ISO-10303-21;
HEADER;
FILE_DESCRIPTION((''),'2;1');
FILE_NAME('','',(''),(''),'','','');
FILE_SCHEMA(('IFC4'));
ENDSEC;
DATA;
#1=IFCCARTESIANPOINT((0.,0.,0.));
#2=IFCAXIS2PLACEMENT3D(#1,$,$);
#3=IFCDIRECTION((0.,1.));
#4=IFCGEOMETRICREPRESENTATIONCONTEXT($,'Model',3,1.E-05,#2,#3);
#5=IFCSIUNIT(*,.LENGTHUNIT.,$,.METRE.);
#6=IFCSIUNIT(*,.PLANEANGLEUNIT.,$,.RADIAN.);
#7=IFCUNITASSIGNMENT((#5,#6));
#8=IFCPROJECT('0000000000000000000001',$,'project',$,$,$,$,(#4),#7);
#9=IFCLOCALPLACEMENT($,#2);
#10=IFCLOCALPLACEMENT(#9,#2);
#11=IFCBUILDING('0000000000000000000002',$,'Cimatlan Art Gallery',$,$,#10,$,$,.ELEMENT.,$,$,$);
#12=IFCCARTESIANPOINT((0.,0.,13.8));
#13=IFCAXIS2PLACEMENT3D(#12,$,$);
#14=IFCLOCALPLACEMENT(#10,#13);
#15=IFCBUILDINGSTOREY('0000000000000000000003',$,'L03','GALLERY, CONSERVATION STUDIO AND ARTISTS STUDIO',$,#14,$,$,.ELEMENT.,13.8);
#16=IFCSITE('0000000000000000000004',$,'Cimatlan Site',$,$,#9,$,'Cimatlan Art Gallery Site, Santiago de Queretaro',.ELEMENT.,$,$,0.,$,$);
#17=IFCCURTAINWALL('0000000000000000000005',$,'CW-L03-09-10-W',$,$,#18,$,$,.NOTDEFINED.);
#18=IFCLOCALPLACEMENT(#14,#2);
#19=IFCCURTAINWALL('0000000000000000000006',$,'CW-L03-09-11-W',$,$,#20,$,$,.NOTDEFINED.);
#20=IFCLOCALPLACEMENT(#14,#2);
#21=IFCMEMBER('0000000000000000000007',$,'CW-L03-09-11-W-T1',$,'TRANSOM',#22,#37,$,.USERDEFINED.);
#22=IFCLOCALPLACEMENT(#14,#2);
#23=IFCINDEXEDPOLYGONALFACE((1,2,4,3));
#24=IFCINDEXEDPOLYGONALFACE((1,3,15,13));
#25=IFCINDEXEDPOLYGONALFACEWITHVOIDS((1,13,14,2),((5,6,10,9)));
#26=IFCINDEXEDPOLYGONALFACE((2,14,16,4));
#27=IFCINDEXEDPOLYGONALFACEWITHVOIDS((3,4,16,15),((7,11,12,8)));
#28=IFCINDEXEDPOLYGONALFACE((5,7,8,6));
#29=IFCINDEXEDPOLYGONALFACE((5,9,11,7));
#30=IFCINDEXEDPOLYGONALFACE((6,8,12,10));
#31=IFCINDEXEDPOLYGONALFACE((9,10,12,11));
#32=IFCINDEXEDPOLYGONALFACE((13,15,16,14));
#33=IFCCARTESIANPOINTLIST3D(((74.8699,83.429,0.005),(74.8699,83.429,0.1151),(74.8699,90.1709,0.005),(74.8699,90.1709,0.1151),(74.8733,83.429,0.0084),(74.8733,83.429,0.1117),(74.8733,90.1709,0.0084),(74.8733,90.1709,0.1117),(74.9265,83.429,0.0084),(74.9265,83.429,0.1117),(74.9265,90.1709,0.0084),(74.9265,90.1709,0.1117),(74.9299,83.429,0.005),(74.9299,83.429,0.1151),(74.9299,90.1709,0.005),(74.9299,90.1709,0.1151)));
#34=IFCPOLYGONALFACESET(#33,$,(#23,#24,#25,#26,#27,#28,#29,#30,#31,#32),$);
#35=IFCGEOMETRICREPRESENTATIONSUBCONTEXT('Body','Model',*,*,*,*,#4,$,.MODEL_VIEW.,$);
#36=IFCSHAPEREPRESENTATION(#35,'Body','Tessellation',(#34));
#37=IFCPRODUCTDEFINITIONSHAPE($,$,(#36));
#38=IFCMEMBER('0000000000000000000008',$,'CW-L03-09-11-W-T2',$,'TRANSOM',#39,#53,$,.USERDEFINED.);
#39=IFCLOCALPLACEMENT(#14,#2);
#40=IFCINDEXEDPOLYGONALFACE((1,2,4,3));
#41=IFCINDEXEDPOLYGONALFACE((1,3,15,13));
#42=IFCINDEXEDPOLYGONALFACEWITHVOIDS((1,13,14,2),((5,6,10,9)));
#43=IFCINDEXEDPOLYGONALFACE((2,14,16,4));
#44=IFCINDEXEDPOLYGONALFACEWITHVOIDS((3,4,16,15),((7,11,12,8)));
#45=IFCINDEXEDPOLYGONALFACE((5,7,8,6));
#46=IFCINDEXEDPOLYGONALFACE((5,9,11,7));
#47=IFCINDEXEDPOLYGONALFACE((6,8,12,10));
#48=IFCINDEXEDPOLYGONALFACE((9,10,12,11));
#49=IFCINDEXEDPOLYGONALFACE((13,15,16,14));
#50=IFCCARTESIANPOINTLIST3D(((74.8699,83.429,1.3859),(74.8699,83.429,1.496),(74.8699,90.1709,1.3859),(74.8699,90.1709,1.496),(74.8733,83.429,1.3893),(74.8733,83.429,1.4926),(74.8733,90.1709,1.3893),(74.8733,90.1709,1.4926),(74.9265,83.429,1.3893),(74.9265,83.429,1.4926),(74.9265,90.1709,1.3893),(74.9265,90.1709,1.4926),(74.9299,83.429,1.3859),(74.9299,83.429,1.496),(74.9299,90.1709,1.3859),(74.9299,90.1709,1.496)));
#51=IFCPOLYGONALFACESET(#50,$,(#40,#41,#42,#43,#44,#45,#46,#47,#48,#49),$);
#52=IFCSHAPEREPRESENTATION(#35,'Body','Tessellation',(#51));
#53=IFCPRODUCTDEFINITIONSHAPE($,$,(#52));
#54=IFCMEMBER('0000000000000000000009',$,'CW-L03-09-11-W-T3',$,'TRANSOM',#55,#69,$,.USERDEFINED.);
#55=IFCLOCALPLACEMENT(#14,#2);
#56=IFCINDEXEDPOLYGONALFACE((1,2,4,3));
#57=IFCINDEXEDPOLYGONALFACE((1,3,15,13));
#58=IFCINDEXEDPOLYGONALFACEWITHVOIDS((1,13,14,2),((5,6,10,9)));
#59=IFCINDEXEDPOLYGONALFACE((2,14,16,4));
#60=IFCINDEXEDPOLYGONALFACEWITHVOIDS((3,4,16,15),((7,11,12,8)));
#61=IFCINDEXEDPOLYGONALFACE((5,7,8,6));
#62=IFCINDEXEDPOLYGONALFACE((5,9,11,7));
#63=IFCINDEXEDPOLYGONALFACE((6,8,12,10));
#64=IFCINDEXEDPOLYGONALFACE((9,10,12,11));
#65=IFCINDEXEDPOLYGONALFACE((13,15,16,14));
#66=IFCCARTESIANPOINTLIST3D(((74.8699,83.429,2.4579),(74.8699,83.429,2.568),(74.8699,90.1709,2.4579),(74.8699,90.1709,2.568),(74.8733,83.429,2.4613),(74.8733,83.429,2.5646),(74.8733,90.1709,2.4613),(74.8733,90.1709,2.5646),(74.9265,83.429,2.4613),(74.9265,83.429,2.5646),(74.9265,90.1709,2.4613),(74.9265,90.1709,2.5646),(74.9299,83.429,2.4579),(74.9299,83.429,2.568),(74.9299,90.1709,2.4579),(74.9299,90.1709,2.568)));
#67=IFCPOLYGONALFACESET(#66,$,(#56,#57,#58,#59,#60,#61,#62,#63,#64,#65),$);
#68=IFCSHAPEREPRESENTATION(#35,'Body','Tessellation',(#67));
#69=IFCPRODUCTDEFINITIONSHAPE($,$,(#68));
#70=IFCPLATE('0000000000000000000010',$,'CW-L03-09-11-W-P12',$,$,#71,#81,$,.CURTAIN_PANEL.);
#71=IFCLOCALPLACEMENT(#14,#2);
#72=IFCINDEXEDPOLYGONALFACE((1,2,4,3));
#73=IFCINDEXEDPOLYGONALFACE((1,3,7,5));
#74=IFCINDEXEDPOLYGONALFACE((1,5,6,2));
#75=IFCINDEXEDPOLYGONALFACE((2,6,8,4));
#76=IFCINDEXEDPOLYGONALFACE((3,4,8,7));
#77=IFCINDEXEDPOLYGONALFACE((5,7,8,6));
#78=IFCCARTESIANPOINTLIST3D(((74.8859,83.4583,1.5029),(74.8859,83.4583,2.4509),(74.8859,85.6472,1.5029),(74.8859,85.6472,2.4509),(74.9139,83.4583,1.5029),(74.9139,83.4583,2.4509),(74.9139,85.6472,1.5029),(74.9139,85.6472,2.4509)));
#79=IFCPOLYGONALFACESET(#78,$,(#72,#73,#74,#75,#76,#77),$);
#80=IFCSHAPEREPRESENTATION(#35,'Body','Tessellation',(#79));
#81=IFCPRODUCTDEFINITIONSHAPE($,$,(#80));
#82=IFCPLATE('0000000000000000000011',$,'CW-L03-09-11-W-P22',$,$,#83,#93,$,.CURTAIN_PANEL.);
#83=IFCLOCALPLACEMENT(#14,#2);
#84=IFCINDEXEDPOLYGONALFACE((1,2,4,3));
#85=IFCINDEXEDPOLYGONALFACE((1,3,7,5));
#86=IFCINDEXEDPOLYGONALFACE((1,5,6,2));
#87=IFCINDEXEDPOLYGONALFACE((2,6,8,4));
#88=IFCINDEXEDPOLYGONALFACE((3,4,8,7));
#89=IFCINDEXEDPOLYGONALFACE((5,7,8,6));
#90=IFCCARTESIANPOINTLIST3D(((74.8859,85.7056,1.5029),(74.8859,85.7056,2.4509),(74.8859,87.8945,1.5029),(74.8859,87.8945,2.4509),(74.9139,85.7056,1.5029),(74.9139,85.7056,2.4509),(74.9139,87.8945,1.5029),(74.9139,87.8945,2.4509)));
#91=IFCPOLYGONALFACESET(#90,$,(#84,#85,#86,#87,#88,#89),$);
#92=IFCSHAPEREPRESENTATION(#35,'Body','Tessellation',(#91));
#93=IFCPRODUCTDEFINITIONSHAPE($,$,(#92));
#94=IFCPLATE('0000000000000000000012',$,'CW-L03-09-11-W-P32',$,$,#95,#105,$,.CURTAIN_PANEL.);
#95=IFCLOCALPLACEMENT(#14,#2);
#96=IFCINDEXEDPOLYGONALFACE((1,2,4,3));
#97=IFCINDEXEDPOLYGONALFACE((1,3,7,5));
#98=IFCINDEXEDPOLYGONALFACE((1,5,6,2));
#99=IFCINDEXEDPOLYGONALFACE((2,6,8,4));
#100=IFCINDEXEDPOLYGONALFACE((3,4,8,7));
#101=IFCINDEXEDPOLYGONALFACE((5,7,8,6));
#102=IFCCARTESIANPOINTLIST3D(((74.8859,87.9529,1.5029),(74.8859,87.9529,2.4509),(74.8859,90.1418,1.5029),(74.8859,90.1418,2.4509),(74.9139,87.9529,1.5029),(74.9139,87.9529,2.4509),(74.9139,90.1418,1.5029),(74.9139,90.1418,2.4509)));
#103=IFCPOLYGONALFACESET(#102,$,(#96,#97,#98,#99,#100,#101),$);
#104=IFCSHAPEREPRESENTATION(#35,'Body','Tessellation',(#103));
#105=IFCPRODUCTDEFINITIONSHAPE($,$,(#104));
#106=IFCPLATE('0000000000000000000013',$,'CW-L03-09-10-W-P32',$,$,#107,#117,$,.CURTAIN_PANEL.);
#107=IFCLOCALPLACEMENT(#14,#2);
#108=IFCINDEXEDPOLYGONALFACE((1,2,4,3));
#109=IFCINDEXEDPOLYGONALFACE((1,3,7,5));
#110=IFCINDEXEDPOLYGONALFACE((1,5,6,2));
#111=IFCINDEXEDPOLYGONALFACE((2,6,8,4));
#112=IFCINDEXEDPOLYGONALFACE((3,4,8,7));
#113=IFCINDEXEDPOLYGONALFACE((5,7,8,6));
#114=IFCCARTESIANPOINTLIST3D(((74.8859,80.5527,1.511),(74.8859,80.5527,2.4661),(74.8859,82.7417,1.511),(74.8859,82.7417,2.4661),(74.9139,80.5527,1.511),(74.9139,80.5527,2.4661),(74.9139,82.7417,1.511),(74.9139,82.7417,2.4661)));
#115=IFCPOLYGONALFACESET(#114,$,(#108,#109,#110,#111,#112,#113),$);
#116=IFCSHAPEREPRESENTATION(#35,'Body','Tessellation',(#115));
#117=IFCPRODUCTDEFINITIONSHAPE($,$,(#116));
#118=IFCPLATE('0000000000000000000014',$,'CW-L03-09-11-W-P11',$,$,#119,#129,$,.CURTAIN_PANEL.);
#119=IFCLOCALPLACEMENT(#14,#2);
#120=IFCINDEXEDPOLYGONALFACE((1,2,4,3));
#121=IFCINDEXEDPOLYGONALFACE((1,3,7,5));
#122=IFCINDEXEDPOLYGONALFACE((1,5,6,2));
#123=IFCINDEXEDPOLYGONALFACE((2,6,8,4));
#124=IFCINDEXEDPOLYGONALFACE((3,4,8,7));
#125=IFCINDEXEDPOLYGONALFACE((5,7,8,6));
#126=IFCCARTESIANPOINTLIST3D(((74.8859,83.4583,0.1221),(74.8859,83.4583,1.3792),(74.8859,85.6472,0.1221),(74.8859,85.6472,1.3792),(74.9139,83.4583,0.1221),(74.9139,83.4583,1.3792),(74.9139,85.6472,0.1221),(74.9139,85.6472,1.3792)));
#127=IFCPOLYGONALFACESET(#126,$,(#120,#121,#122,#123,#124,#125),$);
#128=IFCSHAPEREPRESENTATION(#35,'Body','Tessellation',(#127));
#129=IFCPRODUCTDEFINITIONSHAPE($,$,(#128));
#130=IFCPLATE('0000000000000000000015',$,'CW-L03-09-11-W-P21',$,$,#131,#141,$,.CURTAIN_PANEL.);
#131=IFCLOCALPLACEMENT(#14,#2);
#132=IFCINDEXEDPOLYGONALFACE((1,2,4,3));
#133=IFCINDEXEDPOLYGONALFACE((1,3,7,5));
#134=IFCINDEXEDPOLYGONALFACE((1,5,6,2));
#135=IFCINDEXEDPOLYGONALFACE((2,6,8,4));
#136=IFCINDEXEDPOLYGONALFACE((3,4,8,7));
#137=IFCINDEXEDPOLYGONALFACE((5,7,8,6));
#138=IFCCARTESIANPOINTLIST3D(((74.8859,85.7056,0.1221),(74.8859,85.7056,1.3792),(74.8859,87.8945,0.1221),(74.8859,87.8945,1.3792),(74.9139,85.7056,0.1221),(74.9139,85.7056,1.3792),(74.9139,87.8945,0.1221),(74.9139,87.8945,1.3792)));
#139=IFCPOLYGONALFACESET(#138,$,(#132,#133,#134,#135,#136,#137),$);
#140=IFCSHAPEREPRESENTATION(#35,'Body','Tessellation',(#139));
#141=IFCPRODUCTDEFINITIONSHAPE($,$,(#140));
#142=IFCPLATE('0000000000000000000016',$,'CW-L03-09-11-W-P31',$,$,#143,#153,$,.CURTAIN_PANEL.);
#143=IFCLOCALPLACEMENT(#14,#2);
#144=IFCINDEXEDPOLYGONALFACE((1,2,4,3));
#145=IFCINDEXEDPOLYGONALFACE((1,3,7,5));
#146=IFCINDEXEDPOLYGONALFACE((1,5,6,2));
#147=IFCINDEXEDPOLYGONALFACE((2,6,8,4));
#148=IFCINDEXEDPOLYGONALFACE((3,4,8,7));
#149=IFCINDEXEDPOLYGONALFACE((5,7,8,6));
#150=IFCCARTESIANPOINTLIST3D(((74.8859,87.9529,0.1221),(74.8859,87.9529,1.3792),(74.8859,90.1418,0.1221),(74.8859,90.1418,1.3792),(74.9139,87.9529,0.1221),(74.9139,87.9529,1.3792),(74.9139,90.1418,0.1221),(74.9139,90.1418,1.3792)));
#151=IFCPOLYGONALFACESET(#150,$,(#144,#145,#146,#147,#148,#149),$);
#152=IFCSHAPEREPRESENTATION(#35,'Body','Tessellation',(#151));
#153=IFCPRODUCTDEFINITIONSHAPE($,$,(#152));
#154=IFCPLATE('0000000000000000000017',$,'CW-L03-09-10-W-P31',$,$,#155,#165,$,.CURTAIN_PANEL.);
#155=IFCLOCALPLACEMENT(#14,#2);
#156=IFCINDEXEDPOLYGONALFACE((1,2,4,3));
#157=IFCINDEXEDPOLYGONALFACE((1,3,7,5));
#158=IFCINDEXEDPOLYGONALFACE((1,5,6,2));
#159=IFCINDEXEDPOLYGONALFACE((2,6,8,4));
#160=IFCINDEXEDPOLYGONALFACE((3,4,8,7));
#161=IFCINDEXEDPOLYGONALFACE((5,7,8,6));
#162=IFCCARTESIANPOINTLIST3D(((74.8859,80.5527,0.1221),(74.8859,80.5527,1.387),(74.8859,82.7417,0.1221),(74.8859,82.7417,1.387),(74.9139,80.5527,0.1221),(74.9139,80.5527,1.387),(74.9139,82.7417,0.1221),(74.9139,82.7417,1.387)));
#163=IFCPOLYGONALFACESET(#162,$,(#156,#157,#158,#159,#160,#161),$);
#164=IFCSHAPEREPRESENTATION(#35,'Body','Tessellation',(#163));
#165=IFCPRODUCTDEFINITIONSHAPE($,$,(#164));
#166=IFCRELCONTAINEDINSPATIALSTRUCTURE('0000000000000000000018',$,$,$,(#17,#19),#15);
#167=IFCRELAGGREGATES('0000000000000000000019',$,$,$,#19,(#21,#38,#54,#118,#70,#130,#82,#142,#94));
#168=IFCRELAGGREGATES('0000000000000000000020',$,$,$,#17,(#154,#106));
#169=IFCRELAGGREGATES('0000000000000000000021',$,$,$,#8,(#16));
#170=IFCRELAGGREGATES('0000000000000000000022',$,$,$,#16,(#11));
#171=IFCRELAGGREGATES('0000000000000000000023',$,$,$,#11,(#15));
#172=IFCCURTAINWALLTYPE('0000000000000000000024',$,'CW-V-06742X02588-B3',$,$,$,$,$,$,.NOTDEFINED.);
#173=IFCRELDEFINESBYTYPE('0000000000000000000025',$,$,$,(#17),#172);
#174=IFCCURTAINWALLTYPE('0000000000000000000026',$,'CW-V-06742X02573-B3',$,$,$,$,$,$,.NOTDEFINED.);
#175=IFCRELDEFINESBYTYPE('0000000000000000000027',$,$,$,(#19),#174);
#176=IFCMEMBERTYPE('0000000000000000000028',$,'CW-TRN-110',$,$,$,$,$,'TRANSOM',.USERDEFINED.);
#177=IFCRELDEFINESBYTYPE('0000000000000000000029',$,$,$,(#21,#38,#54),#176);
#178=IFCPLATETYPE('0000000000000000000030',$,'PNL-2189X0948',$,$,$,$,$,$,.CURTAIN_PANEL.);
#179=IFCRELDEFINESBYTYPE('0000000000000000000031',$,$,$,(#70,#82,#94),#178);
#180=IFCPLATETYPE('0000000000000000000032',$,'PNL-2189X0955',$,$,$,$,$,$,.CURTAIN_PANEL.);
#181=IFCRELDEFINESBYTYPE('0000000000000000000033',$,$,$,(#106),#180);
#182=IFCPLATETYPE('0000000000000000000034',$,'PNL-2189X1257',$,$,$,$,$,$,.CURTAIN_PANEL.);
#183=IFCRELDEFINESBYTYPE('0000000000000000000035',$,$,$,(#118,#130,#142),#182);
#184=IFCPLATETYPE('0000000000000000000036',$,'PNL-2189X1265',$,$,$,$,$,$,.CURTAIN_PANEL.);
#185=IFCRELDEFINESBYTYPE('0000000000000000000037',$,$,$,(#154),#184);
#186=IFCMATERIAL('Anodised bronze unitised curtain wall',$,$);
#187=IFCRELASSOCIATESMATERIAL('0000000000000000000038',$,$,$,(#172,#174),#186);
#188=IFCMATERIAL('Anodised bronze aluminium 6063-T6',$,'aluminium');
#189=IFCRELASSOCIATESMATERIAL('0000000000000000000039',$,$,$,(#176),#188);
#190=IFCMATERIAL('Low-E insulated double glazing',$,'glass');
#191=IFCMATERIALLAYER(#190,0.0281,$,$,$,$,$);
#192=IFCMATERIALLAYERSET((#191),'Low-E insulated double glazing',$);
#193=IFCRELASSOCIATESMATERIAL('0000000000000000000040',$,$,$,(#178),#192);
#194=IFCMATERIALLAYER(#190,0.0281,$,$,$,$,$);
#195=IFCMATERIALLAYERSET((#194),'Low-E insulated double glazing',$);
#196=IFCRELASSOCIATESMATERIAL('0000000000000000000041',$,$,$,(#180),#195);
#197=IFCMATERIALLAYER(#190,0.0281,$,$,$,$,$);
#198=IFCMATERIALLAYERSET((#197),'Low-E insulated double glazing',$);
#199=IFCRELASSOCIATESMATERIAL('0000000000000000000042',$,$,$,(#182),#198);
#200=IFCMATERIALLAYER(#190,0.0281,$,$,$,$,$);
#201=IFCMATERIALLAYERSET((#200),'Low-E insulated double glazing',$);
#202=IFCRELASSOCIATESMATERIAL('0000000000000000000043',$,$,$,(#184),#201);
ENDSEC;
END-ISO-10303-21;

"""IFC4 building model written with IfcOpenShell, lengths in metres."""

from ifc_helpers import new_model, si_unit, direction, frame, origin, origin_2d, place, context, subcontext, project, spatial, rectangle, hollow_rectangle, extrude, material, layer, layer_set, material_profile, profile_set, type_object, element, aggregate, save


model = new_model("IFC4")

# Units and contexts
model_context = context("Model", 3, precision=1e-05, world=origin(), true_north=direction((0.0, 1.0)))
body_context = subcontext(model_context, "Body", "Model", "MODEL_VIEW")
ifc_project = project(units=[si_unit("LENGTHUNIT", "METRE"), si_unit("PLANEANGLEUNIT", "RADIAN")], contexts=[model_context])

# Site, building, storey
site_placement = place(None, origin())
site = spatial("IfcSite", under=ifc_project, at=site_placement, Name="Cimatlan Site", LongName="Cimatlan Art Gallery Site, Santiago de Queretaro", CompositionType="ELEMENT", RefElevation=0.0)
building_placement = place(site_placement, origin())
building = spatial("IfcBuilding", under=site, at=building_placement, Name="Cimatlan Art Gallery", CompositionType="ELEMENT")
storey_placement = place(building_placement, frame((0.0, 0.0, 13.8)))
storey = spatial("IfcBuildingStorey", under=building, at=storey_placement, Name="L03", Description="GALLERY, CONSERVATION STUDIO AND ARTISTS STUDIO", CompositionType="ELEMENT", Elevation=13.8)

# Curtain wall
ifc_material_1 = material(Name="Anodised bronze unitised curtain wall")
curtain_wall_type_1 = type_object("IfcCurtainWallType", Name="CW-V-06742X02588-B3", PredefinedType="NOTDEFINED", material=ifc_material_1)
curtain_wall_1_placement = place(storey_placement, origin())
curtain_wall_1 = element("IfcCurtainWall", 1, at=curtain_wall_1_placement, inside=storey, type_object=curtain_wall_type_1, Name="CW-L03-09-10-W", PredefinedType="NOTDEFINED")
ifc_material_2 = material(Name="Anodised bronze aluminium 6063-T6", Category="aluminium")

# Curtain wall, members, plates
curtain_wall_type_2 = type_object("IfcCurtainWallType", Name="CW-V-06742X02573-B3", PredefinedType="NOTDEFINED", material=ifc_material_1)
curtain_wall_2_placement = place(storey_placement, origin())
curtain_wall_2 = element("IfcCurtainWall", 2, at=curtain_wall_2_placement, inside=storey, type_object=curtain_wall_type_2, Name="CW-L03-09-11-W", PredefinedType="NOTDEFINED")
ifc_material_profile_1 = material_profile(ifc_material_2, hollow_rectangle(XDim=0.0601, YDim=0.1101, WallThickness=0.0034, at=origin_2d()), Name="ALU60X110X3")
ifc_profile_set_1 = profile_set([ifc_material_profile_1], Name="Anodised bronze aluminium 6063-T6")
member_type_1 = type_object("IfcMemberType", Name="CW-TRN-110", ElementType="TRANSOM", PredefinedType="USERDEFINED", material=ifc_profile_set_1)
member_1_placement = place(storey_placement, frame((74.8999, 83.429, 0.0601), z_axis=(0.0, 1.0, 0.0), x_axis=(-1.0, 0.0, 0.0)))
member_1 = element("IfcMember", 3, at=member_1_placement, type_object=member_type_1, Name="CW-L03-09-11-W-T1", ObjectType="TRANSOM", PredefinedType="USERDEFINED", context=body_context, shape_type="SweptSolid", body=[
    extrude(hollow_rectangle(XDim=0.0601, YDim=0.1101, WallThickness=0.0034, at=origin_2d()), origin(), (0.0, 0.0, 1.0), 6.7419),
])
member_2_placement = place(storey_placement, frame((74.8999, 83.429, 1.4409), z_axis=(0.0, 1.0, 0.0), x_axis=(-1.0, 0.0, 0.0)))
member_2 = element("IfcMember", 4, at=member_2_placement, type_object=member_type_1, Name="CW-L03-09-11-W-T2", ObjectType="TRANSOM", PredefinedType="USERDEFINED", context=body_context, shape_type="SweptSolid", body=[
    extrude(hollow_rectangle(XDim=0.0601, YDim=0.1101, WallThickness=0.0034, at=origin_2d()), origin(), (0.0, 0.0, 1.0), 6.7419),
])
member_3_placement = place(storey_placement, frame((74.8999, 83.429, 2.5129), z_axis=(0.0, 1.0, 0.0), x_axis=(-1.0, 0.0, 0.0)))
member_3 = element("IfcMember", 5, at=member_3_placement, type_object=member_type_1, Name="CW-L03-09-11-W-T3", ObjectType="TRANSOM", PredefinedType="USERDEFINED", context=body_context, shape_type="SweptSolid", body=[
    extrude(hollow_rectangle(XDim=0.0601, YDim=0.1101, WallThickness=0.0034, at=origin_2d()), origin(), (0.0, 0.0, 1.0), 6.7419),
])
ifc_material_3 = material(Name="Low-E insulated double glazing", Category="glass")
ifc_layer_1 = layer(ifc_material_3, 0.0281)
ifc_layer_set_1 = layer_set([ifc_layer_1], Name="Low-E insulated double glazing")
plate_type_1 = type_object("IfcPlateType", Name="PNL-2189X0948", PredefinedType="CURTAIN_PANEL", material=ifc_layer_set_1)
plate_1_placement = place(storey_placement, frame((74.8999, 84.5527, 1.5029), z_axis=(0.0, 0.0, 1.0), x_axis=(0.0, 1.0, 0.0)))
plate_1 = element("IfcPlate", 6, at=plate_1_placement, type_object=plate_type_1, Name="CW-L03-09-11-W-P12", PredefinedType="CURTAIN_PANEL", context=body_context, shape_type="SweptSolid", body=[
    extrude(rectangle(XDim=2.189, YDim=0.0281, at=origin_2d()), origin(), (0.0, 0.0, 1.0), 0.948),
])
plate_2_placement = place(storey_placement, frame((74.8999, 86.8, 1.5029), z_axis=(0.0, 0.0, 1.0), x_axis=(0.0, 1.0, 0.0)))
plate_2 = element("IfcPlate", 7, at=plate_2_placement, type_object=plate_type_1, Name="CW-L03-09-11-W-P22", PredefinedType="CURTAIN_PANEL", context=body_context, shape_type="SweptSolid", body=[
    extrude(rectangle(XDim=2.189, YDim=0.0281, at=origin_2d()), origin(), (0.0, 0.0, 1.0), 0.948),
])
plate_3_placement = place(storey_placement, frame((74.8999, 89.0474, 1.5029), z_axis=(0.0, 0.0, 1.0), x_axis=(0.0, 1.0, 0.0)))
plate_3 = element("IfcPlate", 8, at=plate_3_placement, type_object=plate_type_1, Name="CW-L03-09-11-W-P32", PredefinedType="CURTAIN_PANEL", context=body_context, shape_type="SweptSolid", body=[
    extrude(rectangle(XDim=2.189, YDim=0.0281, at=origin_2d()), origin(), (0.0, 0.0, 1.0), 0.948),
])

# Plates
ifc_layer_2 = layer(ifc_material_3, 0.0281)
ifc_layer_set_2 = layer_set([ifc_layer_2], Name="Low-E insulated double glazing")
plate_type_2 = type_object("IfcPlateType", Name="PNL-2189X0955", PredefinedType="CURTAIN_PANEL", material=ifc_layer_set_2)
plate_4_placement = place(storey_placement, frame((74.8999, 81.6472, 1.511), z_axis=(0.0, 0.0, 1.0), x_axis=(0.0, 1.0, 0.0)))
plate_4 = element("IfcPlate", 9, at=plate_4_placement, type_object=plate_type_2, Name="CW-L03-09-10-W-P32", PredefinedType="CURTAIN_PANEL", context=body_context, shape_type="SweptSolid", body=[
    extrude(rectangle(XDim=2.189, YDim=0.0281, at=origin_2d()), origin(), (0.0, 0.0, 1.0), 0.9551),
])
ifc_layer_3 = layer(ifc_material_3, 0.0281)
ifc_layer_set_3 = layer_set([ifc_layer_3], Name="Low-E insulated double glazing")
plate_type_3 = type_object("IfcPlateType", Name="PNL-2189X1257", PredefinedType="CURTAIN_PANEL", material=ifc_layer_set_3)
plate_5_placement = place(storey_placement, frame((74.8999, 84.5527, 0.1221), z_axis=(0.0, 0.0, 1.0), x_axis=(0.0, 1.0, 0.0)))
plate_5 = element("IfcPlate", 10, at=plate_5_placement, type_object=plate_type_3, Name="CW-L03-09-11-W-P11", PredefinedType="CURTAIN_PANEL", context=body_context, shape_type="SweptSolid", body=[
    extrude(rectangle(XDim=2.189, YDim=0.0281, at=origin_2d()), origin(), (0.0, 0.0, 1.0), 1.2571),
])
plate_6_placement = place(storey_placement, frame((74.8999, 86.8, 0.1221), z_axis=(0.0, 0.0, 1.0), x_axis=(0.0, 1.0, 0.0)))
plate_6 = element("IfcPlate", 11, at=plate_6_placement, type_object=plate_type_3, Name="CW-L03-09-11-W-P21", PredefinedType="CURTAIN_PANEL", context=body_context, shape_type="SweptSolid", body=[
    extrude(rectangle(XDim=2.189, YDim=0.0281, at=origin_2d()), origin(), (0.0, 0.0, 1.0), 1.2571),
])
plate_7_placement = place(storey_placement, frame((74.8999, 89.0474, 0.1221), z_axis=(0.0, 0.0, 1.0), x_axis=(0.0, 1.0, 0.0)))
plate_7 = element("IfcPlate", 12, at=plate_7_placement, type_object=plate_type_3, Name="CW-L03-09-11-W-P31", PredefinedType="CURTAIN_PANEL", context=body_context, shape_type="SweptSolid", body=[
    extrude(rectangle(XDim=2.189, YDim=0.0281, at=origin_2d()), origin(), (0.0, 0.0, 1.0), 1.2571),
])
aggregate(curtain_wall_2, [member_1, member_2, member_3, plate_5, plate_1, plate_6, plate_2, plate_7, plate_3])
ifc_layer_4 = layer(ifc_material_3, 0.0281)
ifc_layer_set_4 = layer_set([ifc_layer_4], Name="Low-E insulated double glazing")
plate_type_4 = type_object("IfcPlateType", Name="PNL-2189X1265", PredefinedType="CURTAIN_PANEL", material=ifc_layer_set_4)
plate_8_placement = place(storey_placement, frame((74.8999, 81.6472, 0.1221), z_axis=(0.0, 0.0, 1.0), x_axis=(0.0, 1.0, 0.0)))
plate_8 = element("IfcPlate", 13, at=plate_8_placement, type_object=plate_type_4, Name="CW-L03-09-10-W-P31", PredefinedType="CURTAIN_PANEL", context=body_context, shape_type="SweptSolid", body=[
    extrude(rectangle(XDim=2.189, YDim=0.0281, at=origin_2d()), origin(), (0.0, 0.0, 1.0), 1.2649),
])
aggregate(curtain_wall_1, [plate_8, plate_4])

save(model, "model.ifc")
